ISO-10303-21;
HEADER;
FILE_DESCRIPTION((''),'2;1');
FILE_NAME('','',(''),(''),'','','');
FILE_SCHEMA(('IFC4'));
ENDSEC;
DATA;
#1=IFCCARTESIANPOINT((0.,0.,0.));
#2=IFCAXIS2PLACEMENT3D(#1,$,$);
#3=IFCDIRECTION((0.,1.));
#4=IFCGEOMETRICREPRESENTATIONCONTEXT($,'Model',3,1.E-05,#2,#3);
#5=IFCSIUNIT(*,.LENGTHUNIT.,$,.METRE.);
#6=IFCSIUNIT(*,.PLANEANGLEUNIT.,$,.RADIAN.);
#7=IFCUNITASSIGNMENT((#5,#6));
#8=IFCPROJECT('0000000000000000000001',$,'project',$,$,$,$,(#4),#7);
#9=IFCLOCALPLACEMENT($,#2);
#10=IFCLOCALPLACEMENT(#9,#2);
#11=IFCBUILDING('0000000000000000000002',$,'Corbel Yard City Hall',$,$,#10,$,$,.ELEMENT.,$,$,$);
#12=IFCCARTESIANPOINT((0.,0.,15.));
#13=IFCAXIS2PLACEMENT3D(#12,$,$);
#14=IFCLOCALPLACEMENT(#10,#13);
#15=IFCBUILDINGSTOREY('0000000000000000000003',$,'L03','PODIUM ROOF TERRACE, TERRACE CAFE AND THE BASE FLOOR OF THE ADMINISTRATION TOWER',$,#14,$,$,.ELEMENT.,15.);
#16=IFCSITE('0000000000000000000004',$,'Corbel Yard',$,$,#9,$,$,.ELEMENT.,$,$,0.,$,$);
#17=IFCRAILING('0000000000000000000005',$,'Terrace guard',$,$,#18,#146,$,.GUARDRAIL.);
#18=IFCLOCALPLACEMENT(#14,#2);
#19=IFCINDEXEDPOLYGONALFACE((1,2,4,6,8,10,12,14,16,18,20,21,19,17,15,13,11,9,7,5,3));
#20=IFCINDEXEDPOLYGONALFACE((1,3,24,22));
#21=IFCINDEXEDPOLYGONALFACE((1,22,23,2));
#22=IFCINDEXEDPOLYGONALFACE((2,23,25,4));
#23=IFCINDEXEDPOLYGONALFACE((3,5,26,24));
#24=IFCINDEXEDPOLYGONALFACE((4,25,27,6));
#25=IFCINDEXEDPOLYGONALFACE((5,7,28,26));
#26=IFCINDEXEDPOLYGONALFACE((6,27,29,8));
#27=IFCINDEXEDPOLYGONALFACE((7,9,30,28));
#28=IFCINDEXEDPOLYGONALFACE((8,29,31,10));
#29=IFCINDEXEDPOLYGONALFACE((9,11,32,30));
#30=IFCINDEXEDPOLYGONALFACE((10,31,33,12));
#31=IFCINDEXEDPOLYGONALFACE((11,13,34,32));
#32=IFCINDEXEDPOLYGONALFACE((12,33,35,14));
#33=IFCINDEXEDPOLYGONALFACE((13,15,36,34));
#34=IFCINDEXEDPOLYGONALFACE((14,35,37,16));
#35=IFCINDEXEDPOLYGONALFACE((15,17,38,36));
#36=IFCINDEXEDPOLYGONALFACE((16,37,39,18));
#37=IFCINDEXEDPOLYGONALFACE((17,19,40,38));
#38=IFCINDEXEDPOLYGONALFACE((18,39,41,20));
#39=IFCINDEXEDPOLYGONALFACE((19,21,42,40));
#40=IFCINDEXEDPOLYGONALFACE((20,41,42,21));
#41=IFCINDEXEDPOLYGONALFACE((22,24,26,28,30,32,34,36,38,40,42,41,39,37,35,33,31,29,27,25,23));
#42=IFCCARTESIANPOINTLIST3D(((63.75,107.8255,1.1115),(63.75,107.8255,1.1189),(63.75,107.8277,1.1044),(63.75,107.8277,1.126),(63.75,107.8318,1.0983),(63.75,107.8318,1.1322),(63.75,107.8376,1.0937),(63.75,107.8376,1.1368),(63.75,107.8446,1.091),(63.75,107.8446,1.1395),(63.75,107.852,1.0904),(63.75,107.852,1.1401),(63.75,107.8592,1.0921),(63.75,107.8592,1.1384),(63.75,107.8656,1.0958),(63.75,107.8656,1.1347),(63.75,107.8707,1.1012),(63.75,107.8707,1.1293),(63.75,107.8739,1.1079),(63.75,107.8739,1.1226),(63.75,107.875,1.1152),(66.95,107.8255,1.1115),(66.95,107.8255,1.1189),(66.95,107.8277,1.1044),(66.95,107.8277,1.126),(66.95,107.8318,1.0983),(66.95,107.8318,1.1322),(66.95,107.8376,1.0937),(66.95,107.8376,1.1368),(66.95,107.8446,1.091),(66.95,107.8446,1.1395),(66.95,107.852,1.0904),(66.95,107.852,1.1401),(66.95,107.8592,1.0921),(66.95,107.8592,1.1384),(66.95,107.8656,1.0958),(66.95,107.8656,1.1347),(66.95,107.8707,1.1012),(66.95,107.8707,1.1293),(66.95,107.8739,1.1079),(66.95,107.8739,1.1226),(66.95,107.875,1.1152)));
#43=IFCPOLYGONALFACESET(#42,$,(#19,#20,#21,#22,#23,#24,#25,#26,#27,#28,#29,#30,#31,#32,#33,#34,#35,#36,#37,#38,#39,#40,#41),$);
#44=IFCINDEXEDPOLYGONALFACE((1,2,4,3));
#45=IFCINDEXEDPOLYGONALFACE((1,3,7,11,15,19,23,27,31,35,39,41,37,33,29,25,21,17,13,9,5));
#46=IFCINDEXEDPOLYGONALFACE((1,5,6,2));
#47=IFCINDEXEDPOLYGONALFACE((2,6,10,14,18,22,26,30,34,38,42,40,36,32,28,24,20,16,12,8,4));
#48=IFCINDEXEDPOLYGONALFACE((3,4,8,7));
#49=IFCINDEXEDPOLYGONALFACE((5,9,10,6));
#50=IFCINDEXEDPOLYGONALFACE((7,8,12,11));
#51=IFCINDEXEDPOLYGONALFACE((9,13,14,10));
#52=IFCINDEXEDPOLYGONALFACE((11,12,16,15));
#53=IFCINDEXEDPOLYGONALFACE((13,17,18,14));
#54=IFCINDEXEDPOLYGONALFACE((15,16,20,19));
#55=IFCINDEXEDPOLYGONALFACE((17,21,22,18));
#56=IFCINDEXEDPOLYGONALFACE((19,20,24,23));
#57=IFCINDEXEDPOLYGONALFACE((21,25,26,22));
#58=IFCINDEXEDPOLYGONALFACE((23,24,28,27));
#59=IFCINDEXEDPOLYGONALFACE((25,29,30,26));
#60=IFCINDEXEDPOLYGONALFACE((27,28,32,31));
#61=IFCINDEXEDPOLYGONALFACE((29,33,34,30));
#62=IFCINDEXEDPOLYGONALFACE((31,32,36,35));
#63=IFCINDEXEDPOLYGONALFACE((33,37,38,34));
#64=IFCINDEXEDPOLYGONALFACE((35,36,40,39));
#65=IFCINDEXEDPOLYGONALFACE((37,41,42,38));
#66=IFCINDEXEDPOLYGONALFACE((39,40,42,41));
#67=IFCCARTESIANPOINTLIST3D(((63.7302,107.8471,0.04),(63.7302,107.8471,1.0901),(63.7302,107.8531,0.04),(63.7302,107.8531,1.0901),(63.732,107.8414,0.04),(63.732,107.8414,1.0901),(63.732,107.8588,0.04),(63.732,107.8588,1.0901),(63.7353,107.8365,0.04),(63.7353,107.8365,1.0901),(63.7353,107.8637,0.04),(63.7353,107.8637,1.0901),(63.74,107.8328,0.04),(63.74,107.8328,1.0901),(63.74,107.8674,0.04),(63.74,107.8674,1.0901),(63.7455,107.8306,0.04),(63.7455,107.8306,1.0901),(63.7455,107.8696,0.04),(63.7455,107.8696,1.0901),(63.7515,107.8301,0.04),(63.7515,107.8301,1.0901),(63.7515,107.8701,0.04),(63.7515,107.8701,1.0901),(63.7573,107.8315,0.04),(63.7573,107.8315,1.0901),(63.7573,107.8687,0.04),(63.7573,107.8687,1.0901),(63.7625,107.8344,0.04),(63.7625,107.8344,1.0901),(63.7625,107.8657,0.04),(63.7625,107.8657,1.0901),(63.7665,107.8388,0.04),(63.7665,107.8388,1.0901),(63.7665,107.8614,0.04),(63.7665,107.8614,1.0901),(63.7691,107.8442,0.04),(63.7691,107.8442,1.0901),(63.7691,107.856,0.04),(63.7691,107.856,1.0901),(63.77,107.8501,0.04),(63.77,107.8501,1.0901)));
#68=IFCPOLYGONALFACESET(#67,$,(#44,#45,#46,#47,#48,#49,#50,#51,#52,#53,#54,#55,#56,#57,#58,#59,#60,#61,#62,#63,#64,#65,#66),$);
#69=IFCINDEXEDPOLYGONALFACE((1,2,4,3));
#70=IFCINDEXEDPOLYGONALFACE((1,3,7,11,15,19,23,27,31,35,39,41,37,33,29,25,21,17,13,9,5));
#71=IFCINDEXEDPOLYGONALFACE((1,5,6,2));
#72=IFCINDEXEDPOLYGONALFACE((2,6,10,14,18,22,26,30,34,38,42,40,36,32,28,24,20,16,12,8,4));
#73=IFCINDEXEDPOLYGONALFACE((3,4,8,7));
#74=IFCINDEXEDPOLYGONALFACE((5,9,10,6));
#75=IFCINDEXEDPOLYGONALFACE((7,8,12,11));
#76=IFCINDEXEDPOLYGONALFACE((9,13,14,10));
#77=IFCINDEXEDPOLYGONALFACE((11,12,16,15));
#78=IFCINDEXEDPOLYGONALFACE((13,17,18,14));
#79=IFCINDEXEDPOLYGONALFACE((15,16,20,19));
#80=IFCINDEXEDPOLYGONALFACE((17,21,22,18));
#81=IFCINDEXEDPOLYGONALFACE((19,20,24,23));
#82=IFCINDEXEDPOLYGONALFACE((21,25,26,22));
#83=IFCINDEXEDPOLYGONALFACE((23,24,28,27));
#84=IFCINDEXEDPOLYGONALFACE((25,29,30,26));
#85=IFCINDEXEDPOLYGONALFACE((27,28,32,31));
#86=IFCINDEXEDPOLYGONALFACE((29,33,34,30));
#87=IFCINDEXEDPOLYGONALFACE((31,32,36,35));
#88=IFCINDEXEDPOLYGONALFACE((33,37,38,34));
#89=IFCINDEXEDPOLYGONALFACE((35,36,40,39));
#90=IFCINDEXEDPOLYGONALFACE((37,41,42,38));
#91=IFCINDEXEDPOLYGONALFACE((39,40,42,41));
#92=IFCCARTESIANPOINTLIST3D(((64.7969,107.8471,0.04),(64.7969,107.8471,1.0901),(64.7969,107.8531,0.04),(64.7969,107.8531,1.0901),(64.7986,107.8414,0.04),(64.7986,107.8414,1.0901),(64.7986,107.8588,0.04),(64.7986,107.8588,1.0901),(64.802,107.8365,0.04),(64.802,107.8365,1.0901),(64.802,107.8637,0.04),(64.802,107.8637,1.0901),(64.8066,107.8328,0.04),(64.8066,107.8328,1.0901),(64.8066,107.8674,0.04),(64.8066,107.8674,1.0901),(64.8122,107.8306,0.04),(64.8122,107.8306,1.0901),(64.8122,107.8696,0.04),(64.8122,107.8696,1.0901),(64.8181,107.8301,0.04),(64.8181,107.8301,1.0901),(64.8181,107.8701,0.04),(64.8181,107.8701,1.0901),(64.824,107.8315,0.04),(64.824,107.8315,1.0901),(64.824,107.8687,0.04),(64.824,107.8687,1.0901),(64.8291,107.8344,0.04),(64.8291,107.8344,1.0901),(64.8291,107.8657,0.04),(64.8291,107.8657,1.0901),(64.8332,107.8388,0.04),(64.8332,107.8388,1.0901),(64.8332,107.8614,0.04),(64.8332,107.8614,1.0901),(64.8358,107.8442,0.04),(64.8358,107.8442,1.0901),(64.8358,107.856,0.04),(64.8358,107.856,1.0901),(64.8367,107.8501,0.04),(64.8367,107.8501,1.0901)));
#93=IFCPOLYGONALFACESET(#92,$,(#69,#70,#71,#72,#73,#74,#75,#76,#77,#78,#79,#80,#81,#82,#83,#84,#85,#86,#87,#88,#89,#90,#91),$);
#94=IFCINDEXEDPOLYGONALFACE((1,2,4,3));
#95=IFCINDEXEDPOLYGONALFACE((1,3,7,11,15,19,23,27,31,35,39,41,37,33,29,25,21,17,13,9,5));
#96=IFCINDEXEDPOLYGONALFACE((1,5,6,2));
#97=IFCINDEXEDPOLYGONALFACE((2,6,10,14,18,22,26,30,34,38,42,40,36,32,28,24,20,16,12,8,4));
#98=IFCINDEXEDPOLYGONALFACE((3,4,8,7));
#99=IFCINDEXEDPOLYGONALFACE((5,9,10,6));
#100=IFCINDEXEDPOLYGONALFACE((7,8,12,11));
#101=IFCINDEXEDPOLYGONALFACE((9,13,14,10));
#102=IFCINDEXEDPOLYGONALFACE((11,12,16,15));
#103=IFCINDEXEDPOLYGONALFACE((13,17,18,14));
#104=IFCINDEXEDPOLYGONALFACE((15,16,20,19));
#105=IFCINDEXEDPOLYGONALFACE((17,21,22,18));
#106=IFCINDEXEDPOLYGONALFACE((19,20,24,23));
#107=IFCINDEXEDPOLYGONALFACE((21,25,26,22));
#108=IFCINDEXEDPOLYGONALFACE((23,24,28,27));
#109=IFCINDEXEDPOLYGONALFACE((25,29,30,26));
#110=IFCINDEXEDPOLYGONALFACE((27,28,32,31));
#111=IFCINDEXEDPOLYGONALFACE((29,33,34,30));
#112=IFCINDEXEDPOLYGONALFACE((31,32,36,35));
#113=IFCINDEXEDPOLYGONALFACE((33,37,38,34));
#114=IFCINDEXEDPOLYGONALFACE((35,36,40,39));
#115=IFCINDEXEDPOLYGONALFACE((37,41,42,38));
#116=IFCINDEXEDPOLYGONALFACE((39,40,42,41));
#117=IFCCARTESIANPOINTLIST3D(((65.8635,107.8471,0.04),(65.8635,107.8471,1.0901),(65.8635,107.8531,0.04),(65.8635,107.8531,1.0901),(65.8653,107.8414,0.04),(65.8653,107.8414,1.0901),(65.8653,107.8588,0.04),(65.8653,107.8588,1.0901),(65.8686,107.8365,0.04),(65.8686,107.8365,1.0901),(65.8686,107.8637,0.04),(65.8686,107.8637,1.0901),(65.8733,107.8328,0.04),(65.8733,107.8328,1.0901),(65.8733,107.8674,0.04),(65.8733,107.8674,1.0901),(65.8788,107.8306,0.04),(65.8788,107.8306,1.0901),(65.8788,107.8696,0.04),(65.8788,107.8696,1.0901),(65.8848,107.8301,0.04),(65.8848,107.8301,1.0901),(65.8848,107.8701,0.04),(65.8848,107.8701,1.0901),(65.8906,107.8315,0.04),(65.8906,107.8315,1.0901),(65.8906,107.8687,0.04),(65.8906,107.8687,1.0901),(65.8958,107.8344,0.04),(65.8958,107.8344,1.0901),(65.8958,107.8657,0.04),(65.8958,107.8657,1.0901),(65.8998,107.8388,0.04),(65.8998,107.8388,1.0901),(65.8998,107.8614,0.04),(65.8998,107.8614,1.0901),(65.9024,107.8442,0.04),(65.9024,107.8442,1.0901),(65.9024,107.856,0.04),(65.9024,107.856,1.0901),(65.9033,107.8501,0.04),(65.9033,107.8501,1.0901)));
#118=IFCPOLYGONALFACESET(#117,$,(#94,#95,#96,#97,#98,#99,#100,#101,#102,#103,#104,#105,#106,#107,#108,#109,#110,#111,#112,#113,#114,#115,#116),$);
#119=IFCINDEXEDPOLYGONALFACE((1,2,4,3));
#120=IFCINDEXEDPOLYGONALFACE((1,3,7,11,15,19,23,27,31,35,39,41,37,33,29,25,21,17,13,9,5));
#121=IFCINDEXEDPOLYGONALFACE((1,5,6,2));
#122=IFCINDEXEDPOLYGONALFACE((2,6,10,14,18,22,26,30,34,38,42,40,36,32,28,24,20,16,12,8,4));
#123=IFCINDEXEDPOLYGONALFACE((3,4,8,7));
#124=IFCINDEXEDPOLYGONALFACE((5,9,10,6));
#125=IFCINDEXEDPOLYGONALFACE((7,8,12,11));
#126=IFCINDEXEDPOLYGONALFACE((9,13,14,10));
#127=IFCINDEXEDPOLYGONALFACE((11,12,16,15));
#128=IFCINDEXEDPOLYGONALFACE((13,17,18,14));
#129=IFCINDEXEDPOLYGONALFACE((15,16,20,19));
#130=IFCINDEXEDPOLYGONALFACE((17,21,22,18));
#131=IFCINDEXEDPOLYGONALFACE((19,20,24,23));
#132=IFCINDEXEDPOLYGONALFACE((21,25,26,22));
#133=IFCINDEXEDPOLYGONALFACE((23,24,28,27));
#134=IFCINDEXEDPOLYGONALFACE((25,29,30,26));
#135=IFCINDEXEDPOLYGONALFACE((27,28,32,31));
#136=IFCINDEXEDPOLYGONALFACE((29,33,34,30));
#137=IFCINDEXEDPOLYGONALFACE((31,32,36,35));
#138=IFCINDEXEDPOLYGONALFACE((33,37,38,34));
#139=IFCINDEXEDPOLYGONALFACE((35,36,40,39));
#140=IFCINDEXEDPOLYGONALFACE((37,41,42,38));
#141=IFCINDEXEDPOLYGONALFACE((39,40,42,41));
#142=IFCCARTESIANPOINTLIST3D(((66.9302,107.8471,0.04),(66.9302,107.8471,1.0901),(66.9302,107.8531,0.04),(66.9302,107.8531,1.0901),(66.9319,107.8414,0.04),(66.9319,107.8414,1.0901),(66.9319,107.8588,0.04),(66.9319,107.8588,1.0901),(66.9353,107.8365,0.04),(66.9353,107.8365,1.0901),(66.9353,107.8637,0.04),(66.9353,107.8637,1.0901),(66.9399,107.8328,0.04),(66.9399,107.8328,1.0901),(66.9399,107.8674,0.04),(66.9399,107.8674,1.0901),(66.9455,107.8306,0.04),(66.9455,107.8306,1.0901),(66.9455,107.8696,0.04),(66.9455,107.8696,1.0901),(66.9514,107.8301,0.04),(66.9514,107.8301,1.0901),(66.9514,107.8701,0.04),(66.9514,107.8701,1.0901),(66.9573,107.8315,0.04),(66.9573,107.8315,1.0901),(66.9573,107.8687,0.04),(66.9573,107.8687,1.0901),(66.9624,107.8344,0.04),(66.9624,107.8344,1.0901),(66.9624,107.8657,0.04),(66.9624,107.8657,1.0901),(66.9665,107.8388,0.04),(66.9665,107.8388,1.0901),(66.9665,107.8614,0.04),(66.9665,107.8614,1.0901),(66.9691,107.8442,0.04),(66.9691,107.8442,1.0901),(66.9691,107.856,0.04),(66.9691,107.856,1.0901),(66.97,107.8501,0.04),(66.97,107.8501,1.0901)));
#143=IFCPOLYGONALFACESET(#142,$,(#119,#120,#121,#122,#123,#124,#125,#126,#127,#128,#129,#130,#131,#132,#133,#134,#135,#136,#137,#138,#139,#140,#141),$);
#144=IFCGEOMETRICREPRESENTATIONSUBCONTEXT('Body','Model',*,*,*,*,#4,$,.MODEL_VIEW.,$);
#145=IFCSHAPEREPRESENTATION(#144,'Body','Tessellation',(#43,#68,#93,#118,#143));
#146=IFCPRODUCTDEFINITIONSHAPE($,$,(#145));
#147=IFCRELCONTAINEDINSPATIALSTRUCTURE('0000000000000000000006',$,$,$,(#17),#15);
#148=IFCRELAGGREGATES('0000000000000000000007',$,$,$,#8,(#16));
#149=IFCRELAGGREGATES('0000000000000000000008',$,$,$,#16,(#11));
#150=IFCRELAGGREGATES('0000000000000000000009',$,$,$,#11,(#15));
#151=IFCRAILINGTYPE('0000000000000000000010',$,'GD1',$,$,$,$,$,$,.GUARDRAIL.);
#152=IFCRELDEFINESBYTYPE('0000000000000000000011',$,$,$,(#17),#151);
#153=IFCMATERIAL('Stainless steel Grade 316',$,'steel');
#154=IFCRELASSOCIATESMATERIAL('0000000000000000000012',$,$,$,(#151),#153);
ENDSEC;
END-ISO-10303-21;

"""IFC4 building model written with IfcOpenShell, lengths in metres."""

from ifc_helpers import new_model, si_unit, direction, frame, origin, origin_2d, place, context, subcontext, project, spatial, circle, extrude, material, type_object, element, save


model = new_model("IFC4")

# Units and contexts
model_context = context("Model", 3, precision=1e-05, world=origin(), true_north=direction((0.0, 1.0)))
body_context = subcontext(model_context, "Body", "Model", "MODEL_VIEW")
ifc_project = project(units=[si_unit("LENGTHUNIT", "METRE"), si_unit("PLANEANGLEUNIT", "RADIAN")], contexts=[model_context])

# Site, building, storey
site_placement = place(None, origin())
site = spatial("IfcSite", under=ifc_project, at=site_placement, Name="Corbel Yard", CompositionType="ELEMENT", RefElevation=0.0)
building_placement = place(site_placement, origin())
building = spatial("IfcBuilding", under=site, at=building_placement, Name="Corbel Yard City Hall", CompositionType="ELEMENT")
storey_placement = place(building_placement, frame((0.0, 0.0, 15.0)))
storey = spatial("IfcBuildingStorey", under=building, at=storey_placement, Name="L03", Description="PODIUM ROOF TERRACE, TERRACE CAFE AND THE BASE FLOOR OF THE ADMINISTRATION TOWER", CompositionType="ELEMENT", Elevation=15.0)

# Shared definitions
ifc_material_1 = material(Name="Stainless steel Grade 316", Category="steel")

# Railing
railing_type = type_object("IfcRailingType", Name="GD1", PredefinedType="GUARDRAIL", material=ifc_material_1)
railing_1_placement = place(storey_placement, frame((63.75, 107.8501, 0.04)))
element("IfcRailing", 1, at=railing_1_placement, inside=storey, type_object=railing_type, Name="Terrace guard", PredefinedType="GUARDRAIL", context=body_context, shape_type="SweptSolid", body=[
    extrude(circle(Radius=0.0249, at=origin_2d()), frame((0.0, 0.0, 1.0752), z_axis=(1.0, 0.0, 0.0), x_axis=(0.0, 1.0, 0.0)), (0.0, 0.0, 1.0), 3.2),
    extrude(circle(Radius=0.02, at=origin_2d()), origin(), (0.0, 0.0, 1.0), 1.05),
    extrude(circle(Radius=0.02, at=origin_2d()), frame((1.0667, 0.0, 0.0)), (0.0, 0.0, 1.0), 1.05),
    extrude(circle(Radius=0.02, at=origin_2d()), frame((2.1333, 0.0, 0.0)), (0.0, 0.0, 1.0), 1.05),
    extrude(circle(Radius=0.02, at=origin_2d()), frame((3.2, 0.0, 0.0)), (0.0, 0.0, 1.0), 1.05),
])

save(model, "model.ifc")
